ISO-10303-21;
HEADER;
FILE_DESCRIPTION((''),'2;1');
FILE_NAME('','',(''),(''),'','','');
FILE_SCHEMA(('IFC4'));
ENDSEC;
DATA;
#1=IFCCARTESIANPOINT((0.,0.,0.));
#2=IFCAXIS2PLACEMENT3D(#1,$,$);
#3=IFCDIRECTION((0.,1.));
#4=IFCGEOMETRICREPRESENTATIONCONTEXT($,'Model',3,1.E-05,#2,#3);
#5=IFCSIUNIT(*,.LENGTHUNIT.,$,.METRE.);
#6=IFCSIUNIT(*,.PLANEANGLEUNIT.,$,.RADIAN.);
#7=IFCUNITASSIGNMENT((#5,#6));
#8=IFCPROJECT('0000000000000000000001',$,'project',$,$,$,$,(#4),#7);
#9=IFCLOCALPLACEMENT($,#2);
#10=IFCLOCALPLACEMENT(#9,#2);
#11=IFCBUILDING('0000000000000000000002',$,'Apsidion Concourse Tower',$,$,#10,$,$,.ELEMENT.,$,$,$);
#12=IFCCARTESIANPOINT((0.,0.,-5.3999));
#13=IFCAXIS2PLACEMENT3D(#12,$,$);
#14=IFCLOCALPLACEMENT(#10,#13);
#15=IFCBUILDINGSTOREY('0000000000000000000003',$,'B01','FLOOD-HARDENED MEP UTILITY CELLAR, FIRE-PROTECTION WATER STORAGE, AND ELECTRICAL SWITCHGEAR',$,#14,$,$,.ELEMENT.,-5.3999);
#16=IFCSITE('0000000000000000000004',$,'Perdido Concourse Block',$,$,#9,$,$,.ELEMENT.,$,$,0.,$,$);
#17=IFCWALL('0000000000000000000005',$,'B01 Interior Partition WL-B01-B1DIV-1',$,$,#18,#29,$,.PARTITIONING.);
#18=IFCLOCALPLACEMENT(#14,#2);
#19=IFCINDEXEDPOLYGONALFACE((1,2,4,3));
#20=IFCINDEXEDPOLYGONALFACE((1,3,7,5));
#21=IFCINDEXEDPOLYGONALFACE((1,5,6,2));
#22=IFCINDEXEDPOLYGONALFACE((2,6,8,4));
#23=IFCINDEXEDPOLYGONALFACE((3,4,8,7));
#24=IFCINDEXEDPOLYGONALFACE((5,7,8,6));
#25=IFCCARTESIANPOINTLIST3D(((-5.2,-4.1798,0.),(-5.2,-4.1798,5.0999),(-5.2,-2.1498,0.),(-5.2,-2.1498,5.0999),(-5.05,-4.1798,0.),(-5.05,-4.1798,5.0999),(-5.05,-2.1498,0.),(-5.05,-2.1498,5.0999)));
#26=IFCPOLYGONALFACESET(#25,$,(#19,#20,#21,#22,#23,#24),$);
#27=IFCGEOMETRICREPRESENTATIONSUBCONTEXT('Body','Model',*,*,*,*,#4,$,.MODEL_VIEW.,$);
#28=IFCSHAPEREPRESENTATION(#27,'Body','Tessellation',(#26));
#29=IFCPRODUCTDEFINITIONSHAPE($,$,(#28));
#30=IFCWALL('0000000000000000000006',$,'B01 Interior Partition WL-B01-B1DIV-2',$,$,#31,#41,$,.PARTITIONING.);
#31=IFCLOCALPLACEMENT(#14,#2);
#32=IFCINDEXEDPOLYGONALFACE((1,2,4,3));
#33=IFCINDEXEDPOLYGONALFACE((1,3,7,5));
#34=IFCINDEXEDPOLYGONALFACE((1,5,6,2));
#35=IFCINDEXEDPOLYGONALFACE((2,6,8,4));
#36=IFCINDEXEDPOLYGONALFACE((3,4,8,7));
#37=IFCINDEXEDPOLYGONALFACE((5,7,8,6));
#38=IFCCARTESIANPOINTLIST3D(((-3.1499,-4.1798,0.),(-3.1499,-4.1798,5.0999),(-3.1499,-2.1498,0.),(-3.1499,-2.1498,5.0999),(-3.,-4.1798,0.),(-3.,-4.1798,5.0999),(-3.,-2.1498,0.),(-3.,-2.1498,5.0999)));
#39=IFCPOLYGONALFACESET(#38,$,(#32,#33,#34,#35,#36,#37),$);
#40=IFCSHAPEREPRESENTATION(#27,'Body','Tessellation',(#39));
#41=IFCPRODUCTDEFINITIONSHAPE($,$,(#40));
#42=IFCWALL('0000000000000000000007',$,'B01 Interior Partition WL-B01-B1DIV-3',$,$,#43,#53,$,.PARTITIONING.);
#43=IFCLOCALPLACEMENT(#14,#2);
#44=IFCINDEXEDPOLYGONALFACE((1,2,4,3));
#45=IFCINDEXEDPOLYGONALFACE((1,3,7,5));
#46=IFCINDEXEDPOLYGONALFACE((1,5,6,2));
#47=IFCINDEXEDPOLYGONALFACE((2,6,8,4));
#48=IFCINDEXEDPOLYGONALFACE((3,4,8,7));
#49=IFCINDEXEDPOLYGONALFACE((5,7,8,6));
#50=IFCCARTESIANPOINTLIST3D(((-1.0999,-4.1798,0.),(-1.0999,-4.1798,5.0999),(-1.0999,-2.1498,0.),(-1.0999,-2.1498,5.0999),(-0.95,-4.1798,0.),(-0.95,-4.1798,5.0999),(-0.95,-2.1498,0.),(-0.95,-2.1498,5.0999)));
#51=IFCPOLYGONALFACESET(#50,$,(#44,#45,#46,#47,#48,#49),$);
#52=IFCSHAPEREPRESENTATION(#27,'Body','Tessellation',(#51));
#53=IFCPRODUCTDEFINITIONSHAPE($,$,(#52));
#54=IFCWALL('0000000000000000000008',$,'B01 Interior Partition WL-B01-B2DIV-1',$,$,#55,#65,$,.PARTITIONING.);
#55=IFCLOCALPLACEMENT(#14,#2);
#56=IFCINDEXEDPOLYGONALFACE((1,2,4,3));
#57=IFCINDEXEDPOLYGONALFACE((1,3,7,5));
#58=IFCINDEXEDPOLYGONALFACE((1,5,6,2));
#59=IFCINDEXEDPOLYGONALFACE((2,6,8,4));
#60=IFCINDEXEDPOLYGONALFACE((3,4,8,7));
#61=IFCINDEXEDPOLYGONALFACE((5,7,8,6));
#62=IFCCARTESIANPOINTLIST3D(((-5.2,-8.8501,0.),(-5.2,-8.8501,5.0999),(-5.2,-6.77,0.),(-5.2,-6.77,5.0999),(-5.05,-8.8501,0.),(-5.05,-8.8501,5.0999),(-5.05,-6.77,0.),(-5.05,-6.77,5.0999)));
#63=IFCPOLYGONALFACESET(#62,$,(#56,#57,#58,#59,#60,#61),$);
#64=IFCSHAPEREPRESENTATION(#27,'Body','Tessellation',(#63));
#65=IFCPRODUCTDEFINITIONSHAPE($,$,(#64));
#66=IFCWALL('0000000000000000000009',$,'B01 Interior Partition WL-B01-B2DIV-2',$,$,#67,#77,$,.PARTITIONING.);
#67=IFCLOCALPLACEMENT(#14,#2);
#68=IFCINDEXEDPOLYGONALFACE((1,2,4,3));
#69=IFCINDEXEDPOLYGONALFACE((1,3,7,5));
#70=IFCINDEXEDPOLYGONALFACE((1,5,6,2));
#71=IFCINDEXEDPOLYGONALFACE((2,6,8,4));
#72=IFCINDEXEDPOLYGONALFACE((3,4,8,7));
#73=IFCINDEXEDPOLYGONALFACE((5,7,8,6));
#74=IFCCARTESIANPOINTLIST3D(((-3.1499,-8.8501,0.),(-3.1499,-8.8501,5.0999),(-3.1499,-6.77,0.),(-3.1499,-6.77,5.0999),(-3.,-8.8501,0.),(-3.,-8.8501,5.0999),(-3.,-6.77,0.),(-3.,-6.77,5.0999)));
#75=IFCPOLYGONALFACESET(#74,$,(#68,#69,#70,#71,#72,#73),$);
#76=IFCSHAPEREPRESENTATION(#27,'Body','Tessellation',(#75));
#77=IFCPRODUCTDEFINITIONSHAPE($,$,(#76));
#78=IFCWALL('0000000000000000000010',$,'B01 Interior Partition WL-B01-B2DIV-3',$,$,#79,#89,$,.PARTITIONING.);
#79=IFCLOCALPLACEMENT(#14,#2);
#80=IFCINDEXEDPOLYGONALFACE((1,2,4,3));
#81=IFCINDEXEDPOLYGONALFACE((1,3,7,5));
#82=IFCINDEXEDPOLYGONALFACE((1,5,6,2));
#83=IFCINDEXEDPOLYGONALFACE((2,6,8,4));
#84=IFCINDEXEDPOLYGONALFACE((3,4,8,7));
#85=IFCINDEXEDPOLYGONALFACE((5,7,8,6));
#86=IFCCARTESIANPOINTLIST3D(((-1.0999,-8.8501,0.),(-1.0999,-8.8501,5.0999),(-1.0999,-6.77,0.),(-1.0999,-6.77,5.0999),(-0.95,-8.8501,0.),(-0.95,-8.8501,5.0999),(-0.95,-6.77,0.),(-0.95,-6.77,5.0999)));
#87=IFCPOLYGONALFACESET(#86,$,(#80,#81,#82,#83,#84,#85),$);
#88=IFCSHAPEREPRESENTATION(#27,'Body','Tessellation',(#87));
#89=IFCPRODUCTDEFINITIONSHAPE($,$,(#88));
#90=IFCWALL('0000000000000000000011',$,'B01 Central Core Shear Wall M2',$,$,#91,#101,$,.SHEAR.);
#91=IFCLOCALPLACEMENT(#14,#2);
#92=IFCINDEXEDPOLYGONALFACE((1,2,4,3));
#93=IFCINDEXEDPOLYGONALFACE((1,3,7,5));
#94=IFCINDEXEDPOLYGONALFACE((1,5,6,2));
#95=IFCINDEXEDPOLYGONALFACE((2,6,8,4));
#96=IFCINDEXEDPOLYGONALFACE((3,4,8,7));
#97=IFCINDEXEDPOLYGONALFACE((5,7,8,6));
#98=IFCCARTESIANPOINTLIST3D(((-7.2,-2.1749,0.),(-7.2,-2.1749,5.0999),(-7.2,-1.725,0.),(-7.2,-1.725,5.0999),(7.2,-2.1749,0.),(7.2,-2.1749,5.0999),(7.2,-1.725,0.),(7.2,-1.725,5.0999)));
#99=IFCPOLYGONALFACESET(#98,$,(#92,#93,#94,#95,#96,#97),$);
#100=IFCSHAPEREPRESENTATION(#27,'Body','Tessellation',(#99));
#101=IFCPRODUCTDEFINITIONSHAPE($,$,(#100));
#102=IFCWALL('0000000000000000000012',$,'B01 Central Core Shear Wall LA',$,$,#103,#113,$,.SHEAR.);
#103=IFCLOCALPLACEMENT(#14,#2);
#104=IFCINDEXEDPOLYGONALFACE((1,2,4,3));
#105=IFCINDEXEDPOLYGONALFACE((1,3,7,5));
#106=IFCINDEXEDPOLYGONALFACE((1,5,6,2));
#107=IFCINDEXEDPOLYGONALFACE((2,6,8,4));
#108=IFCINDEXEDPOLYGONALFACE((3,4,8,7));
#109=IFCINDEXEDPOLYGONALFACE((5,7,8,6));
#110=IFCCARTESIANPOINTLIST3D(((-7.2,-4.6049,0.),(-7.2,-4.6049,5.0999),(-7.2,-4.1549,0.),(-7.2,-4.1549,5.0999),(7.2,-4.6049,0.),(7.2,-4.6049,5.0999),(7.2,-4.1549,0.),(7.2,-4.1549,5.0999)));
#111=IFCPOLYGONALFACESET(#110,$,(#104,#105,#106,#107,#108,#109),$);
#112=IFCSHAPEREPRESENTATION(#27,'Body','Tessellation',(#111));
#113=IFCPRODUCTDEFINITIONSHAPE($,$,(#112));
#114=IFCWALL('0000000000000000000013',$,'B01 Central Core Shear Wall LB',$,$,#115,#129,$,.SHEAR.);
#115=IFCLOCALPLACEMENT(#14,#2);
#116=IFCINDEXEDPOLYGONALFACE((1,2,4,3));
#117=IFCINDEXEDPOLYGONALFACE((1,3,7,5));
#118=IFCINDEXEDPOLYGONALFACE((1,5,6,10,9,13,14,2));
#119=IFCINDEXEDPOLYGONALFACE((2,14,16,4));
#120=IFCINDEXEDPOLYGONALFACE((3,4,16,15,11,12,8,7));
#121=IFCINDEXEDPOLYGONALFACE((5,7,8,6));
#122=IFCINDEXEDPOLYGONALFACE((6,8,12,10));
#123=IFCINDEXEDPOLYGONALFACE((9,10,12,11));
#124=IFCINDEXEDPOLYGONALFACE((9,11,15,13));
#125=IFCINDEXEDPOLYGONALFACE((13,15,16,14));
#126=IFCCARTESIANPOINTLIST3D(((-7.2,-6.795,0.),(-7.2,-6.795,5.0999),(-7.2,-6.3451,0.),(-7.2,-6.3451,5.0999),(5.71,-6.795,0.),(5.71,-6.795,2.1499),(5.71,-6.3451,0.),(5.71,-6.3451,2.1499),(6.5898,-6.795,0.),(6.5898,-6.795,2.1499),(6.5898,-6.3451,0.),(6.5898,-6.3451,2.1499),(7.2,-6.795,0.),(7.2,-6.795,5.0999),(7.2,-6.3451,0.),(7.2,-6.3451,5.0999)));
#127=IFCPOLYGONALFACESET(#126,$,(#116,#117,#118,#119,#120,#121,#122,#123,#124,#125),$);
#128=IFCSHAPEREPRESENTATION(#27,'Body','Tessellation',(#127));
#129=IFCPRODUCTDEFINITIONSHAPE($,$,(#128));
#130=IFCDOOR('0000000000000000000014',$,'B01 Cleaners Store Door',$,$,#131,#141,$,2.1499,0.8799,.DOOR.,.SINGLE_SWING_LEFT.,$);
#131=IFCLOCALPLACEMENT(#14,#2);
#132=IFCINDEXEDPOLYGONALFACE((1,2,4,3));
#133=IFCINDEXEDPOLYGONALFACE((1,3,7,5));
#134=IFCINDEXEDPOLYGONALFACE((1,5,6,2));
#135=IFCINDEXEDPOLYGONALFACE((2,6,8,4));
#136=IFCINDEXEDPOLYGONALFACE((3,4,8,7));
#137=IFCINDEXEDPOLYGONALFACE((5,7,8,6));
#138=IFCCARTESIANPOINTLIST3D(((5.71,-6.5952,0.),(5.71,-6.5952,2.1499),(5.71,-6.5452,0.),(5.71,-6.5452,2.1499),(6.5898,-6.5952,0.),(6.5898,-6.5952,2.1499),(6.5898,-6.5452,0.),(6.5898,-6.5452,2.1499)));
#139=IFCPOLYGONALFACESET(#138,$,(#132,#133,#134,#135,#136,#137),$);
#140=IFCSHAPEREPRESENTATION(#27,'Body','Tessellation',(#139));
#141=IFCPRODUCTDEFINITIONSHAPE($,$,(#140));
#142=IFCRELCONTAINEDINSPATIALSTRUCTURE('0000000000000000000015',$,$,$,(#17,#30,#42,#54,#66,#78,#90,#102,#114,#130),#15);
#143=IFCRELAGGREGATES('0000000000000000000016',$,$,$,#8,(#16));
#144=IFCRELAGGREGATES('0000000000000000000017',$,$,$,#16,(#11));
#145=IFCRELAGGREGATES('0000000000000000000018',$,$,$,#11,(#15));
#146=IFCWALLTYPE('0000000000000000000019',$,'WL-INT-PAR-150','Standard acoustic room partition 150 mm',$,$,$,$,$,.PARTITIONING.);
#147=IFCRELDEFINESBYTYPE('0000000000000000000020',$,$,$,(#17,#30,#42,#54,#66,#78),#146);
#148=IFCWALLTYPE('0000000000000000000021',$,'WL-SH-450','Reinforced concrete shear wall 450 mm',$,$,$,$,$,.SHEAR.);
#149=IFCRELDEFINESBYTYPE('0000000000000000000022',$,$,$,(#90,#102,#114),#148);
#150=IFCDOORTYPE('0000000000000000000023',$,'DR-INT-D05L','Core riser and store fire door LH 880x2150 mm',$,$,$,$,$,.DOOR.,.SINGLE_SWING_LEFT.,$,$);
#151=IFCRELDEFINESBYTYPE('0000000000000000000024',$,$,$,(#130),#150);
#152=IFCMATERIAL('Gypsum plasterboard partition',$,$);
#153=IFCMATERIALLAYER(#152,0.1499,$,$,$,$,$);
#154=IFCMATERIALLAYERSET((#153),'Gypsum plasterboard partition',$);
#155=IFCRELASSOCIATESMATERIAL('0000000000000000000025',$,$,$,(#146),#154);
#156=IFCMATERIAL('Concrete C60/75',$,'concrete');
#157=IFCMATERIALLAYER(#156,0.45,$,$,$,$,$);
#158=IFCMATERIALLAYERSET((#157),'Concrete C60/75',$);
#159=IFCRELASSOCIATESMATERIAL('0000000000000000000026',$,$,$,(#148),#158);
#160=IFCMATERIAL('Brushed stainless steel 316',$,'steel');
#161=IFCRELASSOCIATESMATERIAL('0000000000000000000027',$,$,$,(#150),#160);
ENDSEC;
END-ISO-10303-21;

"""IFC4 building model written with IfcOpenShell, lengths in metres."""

from ifc_helpers import new_model, si_unit, direction, frame, frame_2d, origin, place, context, subcontext, project, spatial, rectangle, extrude, material, layer, layer_set, type_object, element, fill, save


model = new_model("IFC4")

# Units and contexts
model_context = context("Model", 3, precision=1e-05, world=origin(), true_north=direction((0.0, 1.0)))
body_context = subcontext(model_context, "Body", "Model", "MODEL_VIEW")
ifc_project = project(units=[si_unit("LENGTHUNIT", "METRE"), si_unit("PLANEANGLEUNIT", "RADIAN")], contexts=[model_context])

# Site, building, storey
site_placement = place(None, origin())
site = spatial("IfcSite", under=ifc_project, at=site_placement, Name="Perdido Concourse Block", CompositionType="ELEMENT", RefElevation=0.0)
building_placement = place(site_placement, origin())
building = spatial("IfcBuilding", under=site, at=building_placement, Name="Apsidion Concourse Tower", CompositionType="ELEMENT")
storey_placement = place(building_placement, frame((0.0, 0.0, -5.3999)))
storey = spatial("IfcBuildingStorey", under=building, at=storey_placement, Name="B01", Description="FLOOD-HARDENED MEP UTILITY CELLAR, FIRE-PROTECTION WATER STORAGE, AND ELECTRICAL SWITCHGEAR", CompositionType="ELEMENT", Elevation=-5.3999)

# Walls
ifc_material_1 = material(Name="Gypsum plasterboard partition")
ifc_layer_1 = layer(ifc_material_1, 0.1499)
ifc_layer_set_1 = layer_set([ifc_layer_1], Name="Gypsum plasterboard partition")
wall_type_1 = type_object("IfcWallType", Name="WL-INT-PAR-150", Description="Standard acoustic room partition 150 mm", PredefinedType="PARTITIONING", material=ifc_layer_set_1)
for number, where, z_axis, x_axis, name in (
    (1, (-5.125, -4.1799, 0.0), (0.0, 0.0, 1.0), (0.0, 1.0, 0.0), "B01 Interior Partition WL-B01-B1DIV-1"),
    (2, (-3.075, -4.1799, 0.0), (0.0, 0.0, 1.0), (0.0, 1.0, 0.0), "B01 Interior Partition WL-B01-B1DIV-2"),
    (3, (-1.0249, -4.1799, 0.0), (0.0, 0.0, 1.0), (0.0, 1.0, 0.0), "B01 Interior Partition WL-B01-B1DIV-3"),
):
    element("IfcWall", number, at=place(storey_placement, frame(where, z_axis=z_axis, x_axis=x_axis)), inside=storey, type_object=wall_type_1, Name=name, PredefinedType="PARTITIONING", context=body_context, shape_type="SweptSolid", body=[
        extrude(rectangle(XDim=2.03, YDim=0.1499, at=frame_2d((1.0151, 0.0))), origin(), (0.0, 0.0, 1.0), 5.0999),
    ])
for number, where, z_axis, x_axis, name in (
    (4, (-5.125, -8.8501, 0.0), (0.0, 0.0, 1.0), (0.0, 1.0, 0.0), "B01 Interior Partition WL-B01-B2DIV-1"),
    (5, (-3.075, -8.8501, 0.0), (0.0, 0.0, 1.0), (0.0, 1.0, 0.0), "B01 Interior Partition WL-B01-B2DIV-2"),
    (6, (-1.0249, -8.8501, 0.0), (0.0, 0.0, 1.0), (0.0, 1.0, 0.0), "B01 Interior Partition WL-B01-B2DIV-3"),
):
    element("IfcWall", number, at=place(storey_placement, frame(where, z_axis=z_axis, x_axis=x_axis)), inside=storey, type_object=wall_type_1, Name=name, PredefinedType="PARTITIONING", context=body_context, shape_type="SweptSolid", body=[
        extrude(rectangle(XDim=2.0801, YDim=0.1499, at=frame_2d((1.04, 0.0))), origin(), (0.0, 0.0, 1.0), 5.0999),
    ])

# Shared definitions
ifc_material_2 = material(Name="Brushed stainless steel 316", Category="steel")

# Walls
ifc_material_3 = material(Name="Concrete C60/75", Category="concrete")
ifc_layer_2 = layer(ifc_material_3, 0.45)
ifc_layer_set_2 = layer_set([ifc_layer_2], Name="Concrete C60/75")
wall_type_2 = type_object("IfcWallType", Name="WL-SH-450", Description="Reinforced concrete shear wall 450 mm", PredefinedType="SHEAR", material=ifc_layer_set_2)
for number, where, z_axis, x_axis, name in (
    (7, (-7.2, -1.95, 0.0), (0.0, 0.0, 1.0), (1.0, 0.0, 0.0), "B01 Central Core Shear Wall M2"),
    (8, (-7.2, -4.3799, 0.0), (0.0, 0.0, 1.0), (1.0, 0.0, 0.0), "B01 Central Core Shear Wall LA"),
):
    element("IfcWall", number, at=place(storey_placement, frame(where, z_axis=z_axis, x_axis=x_axis)), inside=storey, type_object=wall_type_2, Name=name, PredefinedType="SHEAR", context=body_context, shape_type="SweptSolid", body=[
        extrude(rectangle(XDim=14.3999, YDim=0.45, at=frame_2d((7.2, 0.0))), origin(), (0.0, 0.0, 1.0), 5.0999),
    ])

# Wall, opening, door
wall_1_placement = place(storey_placement, frame((-7.2, -6.5701, 0.0), z_axis=(0.0, 0.0, 1.0), x_axis=(1.0, 0.0, 0.0)))
wall_1 = element("IfcWall", 9, at=wall_1_placement, inside=storey, type_object=wall_type_2, Name="B01 Central Core Shear Wall LB", PredefinedType="SHEAR", context=body_context, shape_type="SweptSolid", body=[
    extrude(rectangle(XDim=14.3999, YDim=0.45, at=frame_2d((7.2, 0.0))), origin(), (0.0, 0.0, 1.0), 5.0999),
])
opening_1_placement = place(wall_1_placement, frame((12.9099, 0.0, 0.0)))
opening_1 = element("IfcOpeningElement", 10, at=opening_1_placement, cuts=wall_1, PredefinedType="OPENING", context=body_context, shape_type="SweptSolid", body=[
    extrude(rectangle(XDim=0.8799, YDim=2.1499, at=frame_2d((0.4399, 1.075))), frame((0.0, 0.2349, 0.0), z_axis=(0.0, -1.0, 0.0), x_axis=(1.0, 0.0, 0.0)), (0.0, 0.0, 1.0), 0.47),
])
door_type_1 = type_object("IfcDoorType", Name="DR-INT-D05L", Description="Core riser and store fire door LH 880x2150 mm", OperationType="SINGLE_SWING_LEFT", PredefinedType="DOOR", material=ifc_material_2)
door_1_placement = place(opening_1_placement, origin())
door_1 = element("IfcDoor", 11, at=door_1_placement, inside=storey, type_object=door_type_1, Name="B01 Cleaners Store Door", OperationType="SINGLE_SWING_LEFT", OverallHeight=2.1499, OverallWidth=0.8799, PredefinedType="DOOR", context=body_context, shape_type="SweptSolid", body=[
    extrude(rectangle(XDim=0.8799, YDim=2.1499, at=frame_2d((0.4399, 1.075))), frame((0.0, 0.0249, 0.0), z_axis=(0.0, -1.0, 0.0), x_axis=(1.0, 0.0, 0.0)), (0.0, 0.0, 1.0), 0.05),
])
fill(opening_1, door_1)

save(model, "model.ifc")
